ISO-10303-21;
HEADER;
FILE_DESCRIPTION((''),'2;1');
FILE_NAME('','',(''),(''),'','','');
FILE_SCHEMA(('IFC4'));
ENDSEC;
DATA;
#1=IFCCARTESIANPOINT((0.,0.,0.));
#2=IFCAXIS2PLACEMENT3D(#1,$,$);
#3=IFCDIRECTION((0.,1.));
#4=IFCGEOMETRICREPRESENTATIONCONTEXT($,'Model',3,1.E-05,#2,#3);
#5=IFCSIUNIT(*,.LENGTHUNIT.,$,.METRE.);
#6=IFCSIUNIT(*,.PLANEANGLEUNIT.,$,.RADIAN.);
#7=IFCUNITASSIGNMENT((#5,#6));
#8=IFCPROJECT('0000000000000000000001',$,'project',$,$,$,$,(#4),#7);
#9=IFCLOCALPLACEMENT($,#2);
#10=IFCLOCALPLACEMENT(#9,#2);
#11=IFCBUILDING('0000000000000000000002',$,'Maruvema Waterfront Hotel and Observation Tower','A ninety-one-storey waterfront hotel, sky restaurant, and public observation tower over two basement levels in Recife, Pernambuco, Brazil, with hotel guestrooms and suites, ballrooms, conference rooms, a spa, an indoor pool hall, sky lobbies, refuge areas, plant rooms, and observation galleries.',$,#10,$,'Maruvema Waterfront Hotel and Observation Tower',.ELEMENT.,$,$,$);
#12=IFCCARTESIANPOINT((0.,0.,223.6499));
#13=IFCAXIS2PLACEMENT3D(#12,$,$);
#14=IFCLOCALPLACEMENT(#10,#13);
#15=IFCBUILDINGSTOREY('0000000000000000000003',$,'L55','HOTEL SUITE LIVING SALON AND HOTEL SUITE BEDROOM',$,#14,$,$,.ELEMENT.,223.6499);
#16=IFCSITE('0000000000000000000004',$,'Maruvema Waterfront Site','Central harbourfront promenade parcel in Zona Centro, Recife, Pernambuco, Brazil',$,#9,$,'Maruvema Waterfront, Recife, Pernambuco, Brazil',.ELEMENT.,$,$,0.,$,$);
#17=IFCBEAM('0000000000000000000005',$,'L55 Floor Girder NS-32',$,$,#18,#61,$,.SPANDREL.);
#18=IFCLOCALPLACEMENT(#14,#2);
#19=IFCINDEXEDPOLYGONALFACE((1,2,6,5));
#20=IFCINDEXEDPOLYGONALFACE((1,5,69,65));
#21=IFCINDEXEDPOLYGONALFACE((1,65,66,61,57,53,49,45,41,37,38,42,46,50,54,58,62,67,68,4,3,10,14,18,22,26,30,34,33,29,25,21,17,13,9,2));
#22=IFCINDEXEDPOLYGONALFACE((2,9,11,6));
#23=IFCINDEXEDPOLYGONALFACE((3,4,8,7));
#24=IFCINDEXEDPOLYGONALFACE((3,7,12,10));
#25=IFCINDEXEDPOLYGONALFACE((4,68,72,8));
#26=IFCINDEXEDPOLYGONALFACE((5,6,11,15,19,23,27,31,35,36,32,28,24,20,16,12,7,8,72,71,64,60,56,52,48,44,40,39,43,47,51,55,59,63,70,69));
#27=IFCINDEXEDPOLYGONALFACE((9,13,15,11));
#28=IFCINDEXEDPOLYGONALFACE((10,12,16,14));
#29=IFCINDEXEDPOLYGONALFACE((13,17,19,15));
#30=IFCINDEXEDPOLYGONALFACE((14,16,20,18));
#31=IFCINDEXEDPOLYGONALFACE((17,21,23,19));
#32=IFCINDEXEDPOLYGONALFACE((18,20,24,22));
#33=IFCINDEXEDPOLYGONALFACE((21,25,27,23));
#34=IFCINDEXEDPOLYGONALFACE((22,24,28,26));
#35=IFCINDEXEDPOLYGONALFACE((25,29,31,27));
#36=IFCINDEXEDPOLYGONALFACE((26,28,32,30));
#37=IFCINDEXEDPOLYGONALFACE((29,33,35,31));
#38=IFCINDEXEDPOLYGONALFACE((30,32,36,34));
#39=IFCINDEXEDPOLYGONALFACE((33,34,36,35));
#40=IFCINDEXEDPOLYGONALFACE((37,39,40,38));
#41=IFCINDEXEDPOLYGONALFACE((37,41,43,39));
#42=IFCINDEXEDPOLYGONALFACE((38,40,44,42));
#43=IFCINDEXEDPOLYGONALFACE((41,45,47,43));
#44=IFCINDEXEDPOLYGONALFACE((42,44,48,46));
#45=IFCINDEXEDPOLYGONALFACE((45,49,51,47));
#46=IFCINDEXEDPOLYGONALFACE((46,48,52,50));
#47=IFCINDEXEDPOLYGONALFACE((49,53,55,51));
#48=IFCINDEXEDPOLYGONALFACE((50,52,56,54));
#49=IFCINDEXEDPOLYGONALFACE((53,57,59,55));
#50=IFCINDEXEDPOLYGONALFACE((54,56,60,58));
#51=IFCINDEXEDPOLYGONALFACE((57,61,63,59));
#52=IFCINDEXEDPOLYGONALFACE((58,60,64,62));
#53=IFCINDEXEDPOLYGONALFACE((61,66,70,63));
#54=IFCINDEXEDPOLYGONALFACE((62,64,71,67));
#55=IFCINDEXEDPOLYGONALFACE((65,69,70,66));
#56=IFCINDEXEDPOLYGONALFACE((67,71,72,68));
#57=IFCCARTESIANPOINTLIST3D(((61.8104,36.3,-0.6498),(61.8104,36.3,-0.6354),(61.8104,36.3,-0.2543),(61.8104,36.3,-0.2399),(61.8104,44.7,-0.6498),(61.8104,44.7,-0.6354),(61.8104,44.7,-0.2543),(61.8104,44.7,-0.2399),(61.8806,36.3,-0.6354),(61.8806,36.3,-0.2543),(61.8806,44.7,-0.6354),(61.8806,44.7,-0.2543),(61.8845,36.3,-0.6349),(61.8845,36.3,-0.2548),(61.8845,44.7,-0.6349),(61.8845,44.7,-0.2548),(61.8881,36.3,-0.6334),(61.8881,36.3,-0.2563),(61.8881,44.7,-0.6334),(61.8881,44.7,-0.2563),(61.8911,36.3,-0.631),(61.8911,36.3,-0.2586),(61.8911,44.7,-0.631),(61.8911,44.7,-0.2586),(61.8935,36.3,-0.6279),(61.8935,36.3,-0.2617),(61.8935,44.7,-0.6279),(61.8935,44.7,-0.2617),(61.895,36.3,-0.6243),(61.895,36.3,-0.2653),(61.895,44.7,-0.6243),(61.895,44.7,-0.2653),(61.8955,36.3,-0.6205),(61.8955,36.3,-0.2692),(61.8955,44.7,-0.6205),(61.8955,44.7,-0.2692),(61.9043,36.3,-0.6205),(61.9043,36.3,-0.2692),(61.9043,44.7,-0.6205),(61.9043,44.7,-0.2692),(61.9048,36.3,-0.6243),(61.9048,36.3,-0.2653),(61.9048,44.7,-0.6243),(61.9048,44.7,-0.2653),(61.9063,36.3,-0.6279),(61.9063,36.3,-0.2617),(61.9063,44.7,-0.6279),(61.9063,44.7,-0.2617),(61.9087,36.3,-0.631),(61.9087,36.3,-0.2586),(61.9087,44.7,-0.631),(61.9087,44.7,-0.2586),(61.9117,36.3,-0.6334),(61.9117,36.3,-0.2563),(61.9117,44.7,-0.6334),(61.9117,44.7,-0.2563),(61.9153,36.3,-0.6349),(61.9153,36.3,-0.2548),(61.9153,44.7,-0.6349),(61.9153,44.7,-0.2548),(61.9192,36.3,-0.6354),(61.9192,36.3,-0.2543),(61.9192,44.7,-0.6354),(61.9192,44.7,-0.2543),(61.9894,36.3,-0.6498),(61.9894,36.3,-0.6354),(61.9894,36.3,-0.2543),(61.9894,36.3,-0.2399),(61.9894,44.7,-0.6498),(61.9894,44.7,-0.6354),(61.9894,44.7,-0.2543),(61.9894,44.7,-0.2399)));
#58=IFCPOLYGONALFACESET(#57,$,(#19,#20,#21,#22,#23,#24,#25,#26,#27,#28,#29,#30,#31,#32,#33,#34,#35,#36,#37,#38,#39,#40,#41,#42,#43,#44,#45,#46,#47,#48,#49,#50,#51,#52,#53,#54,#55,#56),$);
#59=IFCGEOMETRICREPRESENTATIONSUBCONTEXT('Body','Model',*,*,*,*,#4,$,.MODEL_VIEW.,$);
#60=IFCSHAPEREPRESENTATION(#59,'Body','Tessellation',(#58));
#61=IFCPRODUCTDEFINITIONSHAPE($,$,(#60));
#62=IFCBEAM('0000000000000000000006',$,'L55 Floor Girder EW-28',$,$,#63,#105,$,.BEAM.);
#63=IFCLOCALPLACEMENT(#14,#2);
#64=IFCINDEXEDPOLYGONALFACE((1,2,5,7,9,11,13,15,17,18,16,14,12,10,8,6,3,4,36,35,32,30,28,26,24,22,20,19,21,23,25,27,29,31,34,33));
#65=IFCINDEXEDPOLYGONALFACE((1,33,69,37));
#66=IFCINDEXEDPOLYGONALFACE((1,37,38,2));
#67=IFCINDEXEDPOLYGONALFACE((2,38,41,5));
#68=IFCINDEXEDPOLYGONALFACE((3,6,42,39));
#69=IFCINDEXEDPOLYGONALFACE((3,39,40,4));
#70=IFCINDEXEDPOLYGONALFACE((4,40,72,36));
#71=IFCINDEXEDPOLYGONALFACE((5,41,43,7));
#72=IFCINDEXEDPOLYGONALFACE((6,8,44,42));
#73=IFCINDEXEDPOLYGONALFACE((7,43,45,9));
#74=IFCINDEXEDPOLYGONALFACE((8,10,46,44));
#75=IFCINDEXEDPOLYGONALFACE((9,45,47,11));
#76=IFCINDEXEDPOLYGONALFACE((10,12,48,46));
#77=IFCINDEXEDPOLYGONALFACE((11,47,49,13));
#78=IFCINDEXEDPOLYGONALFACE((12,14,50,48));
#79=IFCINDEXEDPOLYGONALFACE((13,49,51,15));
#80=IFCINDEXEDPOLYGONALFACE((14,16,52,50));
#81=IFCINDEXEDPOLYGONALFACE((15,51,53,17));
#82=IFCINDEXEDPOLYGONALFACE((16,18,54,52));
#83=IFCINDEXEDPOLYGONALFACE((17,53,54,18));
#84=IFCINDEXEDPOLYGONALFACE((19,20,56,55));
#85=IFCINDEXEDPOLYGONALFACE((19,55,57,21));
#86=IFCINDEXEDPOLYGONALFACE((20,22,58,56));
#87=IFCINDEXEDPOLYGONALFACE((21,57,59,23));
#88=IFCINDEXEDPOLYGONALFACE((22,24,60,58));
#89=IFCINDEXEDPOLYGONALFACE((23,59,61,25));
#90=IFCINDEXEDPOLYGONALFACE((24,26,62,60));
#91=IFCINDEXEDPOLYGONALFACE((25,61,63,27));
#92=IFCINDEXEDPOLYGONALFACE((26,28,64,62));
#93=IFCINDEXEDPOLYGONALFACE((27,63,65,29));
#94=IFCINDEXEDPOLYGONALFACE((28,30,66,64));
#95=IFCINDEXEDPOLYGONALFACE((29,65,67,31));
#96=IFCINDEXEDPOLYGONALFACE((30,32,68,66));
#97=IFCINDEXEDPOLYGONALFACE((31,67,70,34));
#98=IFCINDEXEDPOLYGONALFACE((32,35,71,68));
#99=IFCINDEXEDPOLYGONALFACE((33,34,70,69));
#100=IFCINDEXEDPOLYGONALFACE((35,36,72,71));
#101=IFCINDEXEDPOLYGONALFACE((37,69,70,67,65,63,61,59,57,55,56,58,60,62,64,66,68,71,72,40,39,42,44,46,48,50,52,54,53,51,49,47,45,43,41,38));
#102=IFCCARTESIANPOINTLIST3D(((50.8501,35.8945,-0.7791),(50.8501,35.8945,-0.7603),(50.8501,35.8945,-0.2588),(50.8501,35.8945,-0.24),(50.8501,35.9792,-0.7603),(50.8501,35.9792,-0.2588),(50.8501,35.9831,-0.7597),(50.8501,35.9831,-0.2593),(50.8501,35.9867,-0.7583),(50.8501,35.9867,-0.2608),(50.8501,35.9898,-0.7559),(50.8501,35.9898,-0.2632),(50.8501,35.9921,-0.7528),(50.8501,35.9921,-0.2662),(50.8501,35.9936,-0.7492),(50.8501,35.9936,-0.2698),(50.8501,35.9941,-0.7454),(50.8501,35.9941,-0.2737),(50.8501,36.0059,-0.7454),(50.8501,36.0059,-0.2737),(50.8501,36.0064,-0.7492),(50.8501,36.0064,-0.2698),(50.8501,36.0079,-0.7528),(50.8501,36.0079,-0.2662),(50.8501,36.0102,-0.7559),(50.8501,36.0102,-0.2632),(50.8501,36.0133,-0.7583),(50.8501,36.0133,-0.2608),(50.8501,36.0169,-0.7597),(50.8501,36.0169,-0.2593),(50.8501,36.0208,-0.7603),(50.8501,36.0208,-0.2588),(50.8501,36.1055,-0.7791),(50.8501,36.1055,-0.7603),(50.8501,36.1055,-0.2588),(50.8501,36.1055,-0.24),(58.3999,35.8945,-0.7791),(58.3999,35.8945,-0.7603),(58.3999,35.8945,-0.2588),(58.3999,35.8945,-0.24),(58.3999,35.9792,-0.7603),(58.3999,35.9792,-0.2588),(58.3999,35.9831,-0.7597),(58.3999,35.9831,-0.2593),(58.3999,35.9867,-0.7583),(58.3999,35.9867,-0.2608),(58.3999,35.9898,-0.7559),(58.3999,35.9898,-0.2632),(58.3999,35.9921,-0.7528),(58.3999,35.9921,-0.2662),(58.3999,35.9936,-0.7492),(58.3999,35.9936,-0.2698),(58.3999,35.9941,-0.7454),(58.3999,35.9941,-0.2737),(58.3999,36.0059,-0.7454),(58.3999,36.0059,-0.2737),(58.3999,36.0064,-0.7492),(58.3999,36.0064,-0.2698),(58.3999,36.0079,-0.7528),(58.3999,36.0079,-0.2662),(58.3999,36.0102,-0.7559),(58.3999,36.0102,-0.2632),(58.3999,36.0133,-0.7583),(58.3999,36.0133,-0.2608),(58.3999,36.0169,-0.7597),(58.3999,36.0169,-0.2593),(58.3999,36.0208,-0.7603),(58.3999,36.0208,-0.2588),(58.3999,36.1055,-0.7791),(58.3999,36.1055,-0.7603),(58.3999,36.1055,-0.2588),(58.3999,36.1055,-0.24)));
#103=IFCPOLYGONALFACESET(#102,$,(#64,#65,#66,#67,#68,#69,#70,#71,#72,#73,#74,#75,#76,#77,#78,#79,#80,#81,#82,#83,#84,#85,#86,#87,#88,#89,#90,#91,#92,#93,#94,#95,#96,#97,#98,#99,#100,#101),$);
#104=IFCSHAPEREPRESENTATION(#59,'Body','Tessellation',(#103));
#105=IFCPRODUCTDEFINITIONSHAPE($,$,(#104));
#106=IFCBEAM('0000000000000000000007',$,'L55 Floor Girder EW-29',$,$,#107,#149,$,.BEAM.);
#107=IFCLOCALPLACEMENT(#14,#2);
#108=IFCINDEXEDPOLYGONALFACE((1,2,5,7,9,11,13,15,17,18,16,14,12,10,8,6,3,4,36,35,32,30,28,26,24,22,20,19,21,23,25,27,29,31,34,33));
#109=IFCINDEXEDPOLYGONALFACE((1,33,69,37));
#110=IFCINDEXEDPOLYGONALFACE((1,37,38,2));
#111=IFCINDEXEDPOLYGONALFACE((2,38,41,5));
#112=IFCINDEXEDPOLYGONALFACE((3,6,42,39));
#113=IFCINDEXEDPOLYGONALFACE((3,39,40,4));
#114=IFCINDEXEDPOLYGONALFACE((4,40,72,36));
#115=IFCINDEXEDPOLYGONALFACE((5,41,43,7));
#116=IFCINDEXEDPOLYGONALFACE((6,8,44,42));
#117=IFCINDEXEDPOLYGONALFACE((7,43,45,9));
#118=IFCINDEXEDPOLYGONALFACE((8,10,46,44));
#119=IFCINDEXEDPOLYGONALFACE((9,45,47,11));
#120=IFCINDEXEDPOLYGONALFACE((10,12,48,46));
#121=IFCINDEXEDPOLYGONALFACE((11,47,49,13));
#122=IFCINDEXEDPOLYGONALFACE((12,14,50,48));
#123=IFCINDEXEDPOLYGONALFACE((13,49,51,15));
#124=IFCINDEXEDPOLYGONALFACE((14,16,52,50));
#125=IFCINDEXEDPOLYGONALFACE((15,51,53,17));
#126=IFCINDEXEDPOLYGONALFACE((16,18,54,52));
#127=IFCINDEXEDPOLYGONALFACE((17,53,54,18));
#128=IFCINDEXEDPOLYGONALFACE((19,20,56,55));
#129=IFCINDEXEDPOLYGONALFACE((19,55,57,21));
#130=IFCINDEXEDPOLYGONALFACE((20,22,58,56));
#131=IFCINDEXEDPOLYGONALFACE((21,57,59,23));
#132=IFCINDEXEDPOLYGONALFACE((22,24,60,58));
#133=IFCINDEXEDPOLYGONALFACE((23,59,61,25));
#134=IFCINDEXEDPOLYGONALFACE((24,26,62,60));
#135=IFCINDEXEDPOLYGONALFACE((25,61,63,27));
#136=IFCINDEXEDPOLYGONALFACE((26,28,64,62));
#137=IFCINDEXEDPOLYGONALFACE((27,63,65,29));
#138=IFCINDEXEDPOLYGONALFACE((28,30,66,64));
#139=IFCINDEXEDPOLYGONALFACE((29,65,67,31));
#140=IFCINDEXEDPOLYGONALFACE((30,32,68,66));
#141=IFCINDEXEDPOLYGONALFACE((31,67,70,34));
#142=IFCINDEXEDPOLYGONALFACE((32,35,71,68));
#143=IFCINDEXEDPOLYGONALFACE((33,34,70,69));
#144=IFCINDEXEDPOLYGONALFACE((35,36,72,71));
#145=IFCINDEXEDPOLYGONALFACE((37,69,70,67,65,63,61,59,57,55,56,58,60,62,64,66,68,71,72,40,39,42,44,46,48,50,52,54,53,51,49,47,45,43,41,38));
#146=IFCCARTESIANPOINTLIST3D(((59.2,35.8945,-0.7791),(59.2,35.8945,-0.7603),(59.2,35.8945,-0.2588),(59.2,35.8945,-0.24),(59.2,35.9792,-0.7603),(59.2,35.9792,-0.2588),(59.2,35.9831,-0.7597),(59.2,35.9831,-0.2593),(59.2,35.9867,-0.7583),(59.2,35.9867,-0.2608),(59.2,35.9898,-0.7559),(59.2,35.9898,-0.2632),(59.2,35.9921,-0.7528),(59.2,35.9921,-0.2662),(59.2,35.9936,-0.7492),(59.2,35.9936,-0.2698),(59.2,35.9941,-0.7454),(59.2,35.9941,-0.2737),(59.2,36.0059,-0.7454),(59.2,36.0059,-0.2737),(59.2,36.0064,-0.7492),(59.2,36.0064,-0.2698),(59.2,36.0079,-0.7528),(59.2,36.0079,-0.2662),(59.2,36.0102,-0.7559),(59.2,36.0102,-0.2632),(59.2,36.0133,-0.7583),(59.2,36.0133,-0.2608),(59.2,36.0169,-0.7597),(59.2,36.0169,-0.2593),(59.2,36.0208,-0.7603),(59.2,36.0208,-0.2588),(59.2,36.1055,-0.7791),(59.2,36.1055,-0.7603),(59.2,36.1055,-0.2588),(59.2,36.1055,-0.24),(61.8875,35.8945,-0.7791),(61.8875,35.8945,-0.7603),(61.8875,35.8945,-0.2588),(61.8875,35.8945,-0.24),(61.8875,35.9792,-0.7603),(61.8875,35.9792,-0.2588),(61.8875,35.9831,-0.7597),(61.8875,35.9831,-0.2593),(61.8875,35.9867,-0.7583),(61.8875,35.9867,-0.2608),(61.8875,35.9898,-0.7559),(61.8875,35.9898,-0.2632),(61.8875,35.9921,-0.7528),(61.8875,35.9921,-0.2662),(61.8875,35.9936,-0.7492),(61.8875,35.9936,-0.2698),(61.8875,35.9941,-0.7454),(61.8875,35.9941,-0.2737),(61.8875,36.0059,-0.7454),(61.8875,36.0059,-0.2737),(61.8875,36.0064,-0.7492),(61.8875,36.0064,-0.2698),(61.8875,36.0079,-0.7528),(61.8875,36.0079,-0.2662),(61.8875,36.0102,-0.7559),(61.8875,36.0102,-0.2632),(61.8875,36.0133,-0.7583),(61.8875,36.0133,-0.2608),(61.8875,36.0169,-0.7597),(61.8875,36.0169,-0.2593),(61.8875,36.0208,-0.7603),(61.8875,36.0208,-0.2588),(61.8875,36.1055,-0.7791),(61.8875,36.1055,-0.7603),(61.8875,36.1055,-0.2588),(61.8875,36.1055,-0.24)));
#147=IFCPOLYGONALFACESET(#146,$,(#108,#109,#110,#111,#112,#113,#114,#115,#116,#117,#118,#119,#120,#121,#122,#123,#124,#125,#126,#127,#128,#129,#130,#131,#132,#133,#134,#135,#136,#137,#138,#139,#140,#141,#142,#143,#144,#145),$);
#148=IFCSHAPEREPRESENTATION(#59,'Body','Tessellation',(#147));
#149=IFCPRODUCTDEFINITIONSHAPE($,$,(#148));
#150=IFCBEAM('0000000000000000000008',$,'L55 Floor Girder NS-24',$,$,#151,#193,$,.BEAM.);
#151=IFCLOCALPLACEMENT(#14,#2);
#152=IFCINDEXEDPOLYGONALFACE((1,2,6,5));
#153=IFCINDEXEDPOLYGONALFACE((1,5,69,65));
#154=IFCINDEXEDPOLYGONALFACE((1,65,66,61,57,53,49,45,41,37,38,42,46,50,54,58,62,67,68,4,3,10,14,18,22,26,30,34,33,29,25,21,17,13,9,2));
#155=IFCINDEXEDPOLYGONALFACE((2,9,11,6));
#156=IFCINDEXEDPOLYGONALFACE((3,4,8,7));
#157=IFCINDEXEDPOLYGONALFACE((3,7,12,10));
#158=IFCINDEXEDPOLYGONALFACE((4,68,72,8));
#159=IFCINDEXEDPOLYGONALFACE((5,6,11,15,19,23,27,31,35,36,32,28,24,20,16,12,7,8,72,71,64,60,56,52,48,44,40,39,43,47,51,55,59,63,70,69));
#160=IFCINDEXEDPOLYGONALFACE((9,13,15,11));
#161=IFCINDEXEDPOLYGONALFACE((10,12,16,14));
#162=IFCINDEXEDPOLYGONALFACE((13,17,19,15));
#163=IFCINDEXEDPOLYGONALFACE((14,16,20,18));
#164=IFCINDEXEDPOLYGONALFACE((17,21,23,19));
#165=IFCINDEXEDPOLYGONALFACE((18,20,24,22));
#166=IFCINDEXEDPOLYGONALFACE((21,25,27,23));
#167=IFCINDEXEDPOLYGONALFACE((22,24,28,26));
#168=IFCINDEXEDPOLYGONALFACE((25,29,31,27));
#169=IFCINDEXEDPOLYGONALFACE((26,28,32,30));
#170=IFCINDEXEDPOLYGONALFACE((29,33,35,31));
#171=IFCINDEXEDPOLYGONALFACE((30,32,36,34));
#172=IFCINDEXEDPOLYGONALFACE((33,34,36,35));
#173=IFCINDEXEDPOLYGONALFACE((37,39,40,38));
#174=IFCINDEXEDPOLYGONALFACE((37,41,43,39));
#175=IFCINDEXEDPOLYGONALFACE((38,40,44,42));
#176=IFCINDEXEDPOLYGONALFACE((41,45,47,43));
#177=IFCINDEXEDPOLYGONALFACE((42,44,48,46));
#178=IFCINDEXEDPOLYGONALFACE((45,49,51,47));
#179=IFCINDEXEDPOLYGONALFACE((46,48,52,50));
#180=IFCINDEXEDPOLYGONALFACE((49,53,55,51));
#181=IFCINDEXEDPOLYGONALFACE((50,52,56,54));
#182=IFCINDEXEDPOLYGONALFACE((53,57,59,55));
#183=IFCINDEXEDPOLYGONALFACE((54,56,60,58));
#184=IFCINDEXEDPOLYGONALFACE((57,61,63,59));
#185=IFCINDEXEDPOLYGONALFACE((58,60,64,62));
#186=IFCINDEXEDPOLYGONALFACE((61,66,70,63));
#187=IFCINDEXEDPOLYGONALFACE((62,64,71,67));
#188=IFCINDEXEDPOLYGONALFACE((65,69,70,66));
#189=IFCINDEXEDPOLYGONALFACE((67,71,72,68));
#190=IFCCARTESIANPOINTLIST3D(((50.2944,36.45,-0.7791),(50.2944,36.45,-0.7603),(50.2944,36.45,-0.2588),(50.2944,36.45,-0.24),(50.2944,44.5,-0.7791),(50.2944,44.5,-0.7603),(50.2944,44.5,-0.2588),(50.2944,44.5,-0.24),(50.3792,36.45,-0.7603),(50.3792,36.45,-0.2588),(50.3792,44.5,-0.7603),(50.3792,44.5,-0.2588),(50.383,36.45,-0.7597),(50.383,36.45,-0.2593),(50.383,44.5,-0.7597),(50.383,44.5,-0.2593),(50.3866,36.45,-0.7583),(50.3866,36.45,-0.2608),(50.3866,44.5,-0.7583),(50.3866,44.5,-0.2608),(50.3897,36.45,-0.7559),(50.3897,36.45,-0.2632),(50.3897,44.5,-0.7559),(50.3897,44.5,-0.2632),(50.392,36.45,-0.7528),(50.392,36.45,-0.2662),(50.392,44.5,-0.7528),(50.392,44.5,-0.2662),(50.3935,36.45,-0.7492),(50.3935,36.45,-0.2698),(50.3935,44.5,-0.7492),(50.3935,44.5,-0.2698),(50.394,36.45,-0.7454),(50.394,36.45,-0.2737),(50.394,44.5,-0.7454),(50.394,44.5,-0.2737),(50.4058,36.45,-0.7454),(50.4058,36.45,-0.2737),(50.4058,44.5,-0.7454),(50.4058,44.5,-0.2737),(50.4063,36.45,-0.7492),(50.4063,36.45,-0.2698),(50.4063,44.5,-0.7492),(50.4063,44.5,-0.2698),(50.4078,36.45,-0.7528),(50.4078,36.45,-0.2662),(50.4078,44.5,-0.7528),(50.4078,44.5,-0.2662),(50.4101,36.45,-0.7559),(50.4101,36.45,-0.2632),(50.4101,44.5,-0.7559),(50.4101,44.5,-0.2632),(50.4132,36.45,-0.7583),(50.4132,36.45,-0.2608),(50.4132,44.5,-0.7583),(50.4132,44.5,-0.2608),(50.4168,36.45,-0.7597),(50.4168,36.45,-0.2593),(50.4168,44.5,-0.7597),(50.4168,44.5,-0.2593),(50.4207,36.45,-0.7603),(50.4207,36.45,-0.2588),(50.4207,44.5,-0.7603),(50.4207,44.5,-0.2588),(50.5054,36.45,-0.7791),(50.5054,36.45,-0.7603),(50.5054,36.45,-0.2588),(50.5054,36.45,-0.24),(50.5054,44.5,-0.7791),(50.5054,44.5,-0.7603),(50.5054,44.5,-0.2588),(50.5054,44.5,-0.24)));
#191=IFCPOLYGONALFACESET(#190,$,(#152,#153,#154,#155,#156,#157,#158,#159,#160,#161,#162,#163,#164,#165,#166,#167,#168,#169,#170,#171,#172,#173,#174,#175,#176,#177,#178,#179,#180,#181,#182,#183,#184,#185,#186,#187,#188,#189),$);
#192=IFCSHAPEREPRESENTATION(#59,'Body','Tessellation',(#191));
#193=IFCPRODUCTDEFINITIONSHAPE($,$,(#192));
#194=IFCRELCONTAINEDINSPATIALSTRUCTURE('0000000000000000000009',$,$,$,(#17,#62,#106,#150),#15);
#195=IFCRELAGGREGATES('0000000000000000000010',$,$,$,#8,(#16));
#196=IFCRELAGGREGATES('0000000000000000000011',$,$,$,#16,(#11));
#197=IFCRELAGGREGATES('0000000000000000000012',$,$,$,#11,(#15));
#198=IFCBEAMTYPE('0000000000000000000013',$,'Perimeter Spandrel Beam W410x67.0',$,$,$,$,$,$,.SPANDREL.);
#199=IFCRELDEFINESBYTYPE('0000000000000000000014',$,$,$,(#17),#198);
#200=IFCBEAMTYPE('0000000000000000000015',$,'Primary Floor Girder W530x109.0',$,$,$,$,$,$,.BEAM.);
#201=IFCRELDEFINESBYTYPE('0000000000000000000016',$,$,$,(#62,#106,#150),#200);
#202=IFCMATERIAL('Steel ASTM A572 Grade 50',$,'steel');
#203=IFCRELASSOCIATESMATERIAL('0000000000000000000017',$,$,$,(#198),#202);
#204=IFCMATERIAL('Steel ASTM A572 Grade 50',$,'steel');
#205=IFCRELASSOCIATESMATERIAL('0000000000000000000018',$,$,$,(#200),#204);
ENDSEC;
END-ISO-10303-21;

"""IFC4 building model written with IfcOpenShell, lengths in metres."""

from ifc_helpers import new_model, si_unit, direction, frame, origin, origin_2d, place, context, subcontext, project, spatial, i_section, extrude, material, material_profile, profile_set, type_object, element, save


model = new_model("IFC4")

# Units and contexts
model_context = context("Model", 3, precision=1e-05, world=origin(), true_north=direction((0.0, 1.0)))
body_context = subcontext(model_context, "Body", "Model", "MODEL_VIEW")
ifc_project = project(units=[si_unit("LENGTHUNIT", "METRE"), si_unit("PLANEANGLEUNIT", "RADIAN")], contexts=[model_context])

# Site, building, storey
site_placement = place(None, origin())
site = spatial("IfcSite", under=ifc_project, at=site_placement, Name="Maruvema Waterfront Site", Description="Central harbourfront promenade parcel in Zona Centro, Recife, Pernambuco, Brazil", LongName="Maruvema Waterfront, Recife, Pernambuco, Brazil", CompositionType="ELEMENT", RefElevation=0.0)
building_placement = place(site_placement, origin())
building = spatial("IfcBuilding", under=site, at=building_placement, Name="Maruvema Waterfront Hotel and Observation Tower", Description="A ninety-one-storey waterfront hotel, sky restaurant, and public observation tower over two basement levels in Recife, Pernambuco, Brazil, with hotel guestrooms and suites, ballrooms, conference rooms, a spa, an indoor pool hall, sky lobbies, refuge areas, plant rooms, and observation galleries.", LongName="Maruvema Waterfront Hotel and Observation Tower", CompositionType="ELEMENT")
storey_placement = place(building_placement, frame((0.0, 0.0, 223.6499)))
storey = spatial("IfcBuildingStorey", under=building, at=storey_placement, Name="L55", Description="HOTEL SUITE LIVING SALON AND HOTEL SUITE BEDROOM", CompositionType="ELEMENT", Elevation=223.6499)

# Beams
ifc_material_1 = material(Name="Steel ASTM A572 Grade 50", Category="steel")
ifc_material_profile_1 = material_profile(ifc_material_1, i_section(OverallWidth=0.179, OverallDepth=0.4099, WebThickness=0.0088, FlangeThickness=0.0144, FilletRadius=0.0149, at=origin_2d()), Name="W410x67.0")
ifc_profile_set_1 = profile_set([ifc_material_profile_1], Name="Steel ASTM A572 Grade 50")
beam_type_1 = type_object("IfcBeamType", Name="Perimeter Spandrel Beam W410x67.0", PredefinedType="SPANDREL", material=ifc_profile_set_1)
beam_1_placement = place(storey_placement, frame((61.8999, 36.3, -0.4448), z_axis=(0.0, 1.0, 0.0), x_axis=(-1.0, 0.0, 0.0)))
element("IfcBeam", 1, at=beam_1_placement, inside=storey, type_object=beam_type_1, Name="L55 Floor Girder NS-32", PredefinedType="SPANDREL", context=body_context, shape_type="SweptSolid", body=[
    extrude(i_section(OverallWidth=0.179, OverallDepth=0.4099, WebThickness=0.0088, FlangeThickness=0.0144, FilletRadius=0.0149, at=origin_2d()), origin(), (0.0, 0.0, 1.0), 8.3999),
])
ifc_material_2 = material(Name="Steel ASTM A572 Grade 50", Category="steel")
ifc_material_profile_2 = material_profile(ifc_material_2, i_section(OverallWidth=0.2109, OverallDepth=0.5391, WebThickness=0.0117, FlangeThickness=0.0188, FilletRadius=0.0149, at=origin_2d()), Name="W530x109.0")
ifc_profile_set_2 = profile_set([ifc_material_profile_2], Name="Steel ASTM A572 Grade 50")
beam_type_2 = type_object("IfcBeamType", Name="Primary Floor Girder W530x109.0", PredefinedType="BEAM", material=ifc_profile_set_2)
beam_2_placement = place(storey_placement, frame((50.8501, 36.0, -0.5095), z_axis=(1.0, 0.0, 0.0), x_axis=(0.0, 1.0, 0.0)))
element("IfcBeam", 2, at=beam_2_placement, inside=storey, type_object=beam_type_2, Name="L55 Floor Girder EW-28", PredefinedType="BEAM", context=body_context, shape_type="SweptSolid", body=[
    extrude(i_section(OverallWidth=0.2109, OverallDepth=0.5391, WebThickness=0.0117, FlangeThickness=0.0188, FilletRadius=0.0149, at=origin_2d()), origin(), (0.0, 0.0, 1.0), 7.5498),
])
beam_3_placement = place(storey_placement, frame((59.2, 36.0, -0.5095), z_axis=(1.0, 0.0, 0.0), x_axis=(0.0, 1.0, 0.0)))
element("IfcBeam", 3, at=beam_3_placement, inside=storey, type_object=beam_type_2, Name="L55 Floor Girder EW-29", PredefinedType="BEAM", context=body_context, shape_type="SweptSolid", body=[
    extrude(i_section(OverallWidth=0.2109, OverallDepth=0.5391, WebThickness=0.0117, FlangeThickness=0.0188, FilletRadius=0.0149, at=origin_2d()), origin(), (0.0, 0.0, 1.0), 2.6875),
])
beam_4_placement = place(storey_placement, frame((50.3999, 36.45, -0.5095), z_axis=(0.0, 1.0, 0.0), x_axis=(-1.0, 0.0, 0.0)))
element("IfcBeam", 4, at=beam_4_placement, inside=storey, type_object=beam_type_2, Name="L55 Floor Girder NS-24", PredefinedType="BEAM", context=body_context, shape_type="SweptSolid", body=[
    extrude(i_section(OverallWidth=0.2109, OverallDepth=0.5391, WebThickness=0.0117, FlangeThickness=0.0188, FilletRadius=0.0149, at=origin_2d()), origin(), (0.0, 0.0, 1.0), 8.05),
])

save(model, "model.ifc")
